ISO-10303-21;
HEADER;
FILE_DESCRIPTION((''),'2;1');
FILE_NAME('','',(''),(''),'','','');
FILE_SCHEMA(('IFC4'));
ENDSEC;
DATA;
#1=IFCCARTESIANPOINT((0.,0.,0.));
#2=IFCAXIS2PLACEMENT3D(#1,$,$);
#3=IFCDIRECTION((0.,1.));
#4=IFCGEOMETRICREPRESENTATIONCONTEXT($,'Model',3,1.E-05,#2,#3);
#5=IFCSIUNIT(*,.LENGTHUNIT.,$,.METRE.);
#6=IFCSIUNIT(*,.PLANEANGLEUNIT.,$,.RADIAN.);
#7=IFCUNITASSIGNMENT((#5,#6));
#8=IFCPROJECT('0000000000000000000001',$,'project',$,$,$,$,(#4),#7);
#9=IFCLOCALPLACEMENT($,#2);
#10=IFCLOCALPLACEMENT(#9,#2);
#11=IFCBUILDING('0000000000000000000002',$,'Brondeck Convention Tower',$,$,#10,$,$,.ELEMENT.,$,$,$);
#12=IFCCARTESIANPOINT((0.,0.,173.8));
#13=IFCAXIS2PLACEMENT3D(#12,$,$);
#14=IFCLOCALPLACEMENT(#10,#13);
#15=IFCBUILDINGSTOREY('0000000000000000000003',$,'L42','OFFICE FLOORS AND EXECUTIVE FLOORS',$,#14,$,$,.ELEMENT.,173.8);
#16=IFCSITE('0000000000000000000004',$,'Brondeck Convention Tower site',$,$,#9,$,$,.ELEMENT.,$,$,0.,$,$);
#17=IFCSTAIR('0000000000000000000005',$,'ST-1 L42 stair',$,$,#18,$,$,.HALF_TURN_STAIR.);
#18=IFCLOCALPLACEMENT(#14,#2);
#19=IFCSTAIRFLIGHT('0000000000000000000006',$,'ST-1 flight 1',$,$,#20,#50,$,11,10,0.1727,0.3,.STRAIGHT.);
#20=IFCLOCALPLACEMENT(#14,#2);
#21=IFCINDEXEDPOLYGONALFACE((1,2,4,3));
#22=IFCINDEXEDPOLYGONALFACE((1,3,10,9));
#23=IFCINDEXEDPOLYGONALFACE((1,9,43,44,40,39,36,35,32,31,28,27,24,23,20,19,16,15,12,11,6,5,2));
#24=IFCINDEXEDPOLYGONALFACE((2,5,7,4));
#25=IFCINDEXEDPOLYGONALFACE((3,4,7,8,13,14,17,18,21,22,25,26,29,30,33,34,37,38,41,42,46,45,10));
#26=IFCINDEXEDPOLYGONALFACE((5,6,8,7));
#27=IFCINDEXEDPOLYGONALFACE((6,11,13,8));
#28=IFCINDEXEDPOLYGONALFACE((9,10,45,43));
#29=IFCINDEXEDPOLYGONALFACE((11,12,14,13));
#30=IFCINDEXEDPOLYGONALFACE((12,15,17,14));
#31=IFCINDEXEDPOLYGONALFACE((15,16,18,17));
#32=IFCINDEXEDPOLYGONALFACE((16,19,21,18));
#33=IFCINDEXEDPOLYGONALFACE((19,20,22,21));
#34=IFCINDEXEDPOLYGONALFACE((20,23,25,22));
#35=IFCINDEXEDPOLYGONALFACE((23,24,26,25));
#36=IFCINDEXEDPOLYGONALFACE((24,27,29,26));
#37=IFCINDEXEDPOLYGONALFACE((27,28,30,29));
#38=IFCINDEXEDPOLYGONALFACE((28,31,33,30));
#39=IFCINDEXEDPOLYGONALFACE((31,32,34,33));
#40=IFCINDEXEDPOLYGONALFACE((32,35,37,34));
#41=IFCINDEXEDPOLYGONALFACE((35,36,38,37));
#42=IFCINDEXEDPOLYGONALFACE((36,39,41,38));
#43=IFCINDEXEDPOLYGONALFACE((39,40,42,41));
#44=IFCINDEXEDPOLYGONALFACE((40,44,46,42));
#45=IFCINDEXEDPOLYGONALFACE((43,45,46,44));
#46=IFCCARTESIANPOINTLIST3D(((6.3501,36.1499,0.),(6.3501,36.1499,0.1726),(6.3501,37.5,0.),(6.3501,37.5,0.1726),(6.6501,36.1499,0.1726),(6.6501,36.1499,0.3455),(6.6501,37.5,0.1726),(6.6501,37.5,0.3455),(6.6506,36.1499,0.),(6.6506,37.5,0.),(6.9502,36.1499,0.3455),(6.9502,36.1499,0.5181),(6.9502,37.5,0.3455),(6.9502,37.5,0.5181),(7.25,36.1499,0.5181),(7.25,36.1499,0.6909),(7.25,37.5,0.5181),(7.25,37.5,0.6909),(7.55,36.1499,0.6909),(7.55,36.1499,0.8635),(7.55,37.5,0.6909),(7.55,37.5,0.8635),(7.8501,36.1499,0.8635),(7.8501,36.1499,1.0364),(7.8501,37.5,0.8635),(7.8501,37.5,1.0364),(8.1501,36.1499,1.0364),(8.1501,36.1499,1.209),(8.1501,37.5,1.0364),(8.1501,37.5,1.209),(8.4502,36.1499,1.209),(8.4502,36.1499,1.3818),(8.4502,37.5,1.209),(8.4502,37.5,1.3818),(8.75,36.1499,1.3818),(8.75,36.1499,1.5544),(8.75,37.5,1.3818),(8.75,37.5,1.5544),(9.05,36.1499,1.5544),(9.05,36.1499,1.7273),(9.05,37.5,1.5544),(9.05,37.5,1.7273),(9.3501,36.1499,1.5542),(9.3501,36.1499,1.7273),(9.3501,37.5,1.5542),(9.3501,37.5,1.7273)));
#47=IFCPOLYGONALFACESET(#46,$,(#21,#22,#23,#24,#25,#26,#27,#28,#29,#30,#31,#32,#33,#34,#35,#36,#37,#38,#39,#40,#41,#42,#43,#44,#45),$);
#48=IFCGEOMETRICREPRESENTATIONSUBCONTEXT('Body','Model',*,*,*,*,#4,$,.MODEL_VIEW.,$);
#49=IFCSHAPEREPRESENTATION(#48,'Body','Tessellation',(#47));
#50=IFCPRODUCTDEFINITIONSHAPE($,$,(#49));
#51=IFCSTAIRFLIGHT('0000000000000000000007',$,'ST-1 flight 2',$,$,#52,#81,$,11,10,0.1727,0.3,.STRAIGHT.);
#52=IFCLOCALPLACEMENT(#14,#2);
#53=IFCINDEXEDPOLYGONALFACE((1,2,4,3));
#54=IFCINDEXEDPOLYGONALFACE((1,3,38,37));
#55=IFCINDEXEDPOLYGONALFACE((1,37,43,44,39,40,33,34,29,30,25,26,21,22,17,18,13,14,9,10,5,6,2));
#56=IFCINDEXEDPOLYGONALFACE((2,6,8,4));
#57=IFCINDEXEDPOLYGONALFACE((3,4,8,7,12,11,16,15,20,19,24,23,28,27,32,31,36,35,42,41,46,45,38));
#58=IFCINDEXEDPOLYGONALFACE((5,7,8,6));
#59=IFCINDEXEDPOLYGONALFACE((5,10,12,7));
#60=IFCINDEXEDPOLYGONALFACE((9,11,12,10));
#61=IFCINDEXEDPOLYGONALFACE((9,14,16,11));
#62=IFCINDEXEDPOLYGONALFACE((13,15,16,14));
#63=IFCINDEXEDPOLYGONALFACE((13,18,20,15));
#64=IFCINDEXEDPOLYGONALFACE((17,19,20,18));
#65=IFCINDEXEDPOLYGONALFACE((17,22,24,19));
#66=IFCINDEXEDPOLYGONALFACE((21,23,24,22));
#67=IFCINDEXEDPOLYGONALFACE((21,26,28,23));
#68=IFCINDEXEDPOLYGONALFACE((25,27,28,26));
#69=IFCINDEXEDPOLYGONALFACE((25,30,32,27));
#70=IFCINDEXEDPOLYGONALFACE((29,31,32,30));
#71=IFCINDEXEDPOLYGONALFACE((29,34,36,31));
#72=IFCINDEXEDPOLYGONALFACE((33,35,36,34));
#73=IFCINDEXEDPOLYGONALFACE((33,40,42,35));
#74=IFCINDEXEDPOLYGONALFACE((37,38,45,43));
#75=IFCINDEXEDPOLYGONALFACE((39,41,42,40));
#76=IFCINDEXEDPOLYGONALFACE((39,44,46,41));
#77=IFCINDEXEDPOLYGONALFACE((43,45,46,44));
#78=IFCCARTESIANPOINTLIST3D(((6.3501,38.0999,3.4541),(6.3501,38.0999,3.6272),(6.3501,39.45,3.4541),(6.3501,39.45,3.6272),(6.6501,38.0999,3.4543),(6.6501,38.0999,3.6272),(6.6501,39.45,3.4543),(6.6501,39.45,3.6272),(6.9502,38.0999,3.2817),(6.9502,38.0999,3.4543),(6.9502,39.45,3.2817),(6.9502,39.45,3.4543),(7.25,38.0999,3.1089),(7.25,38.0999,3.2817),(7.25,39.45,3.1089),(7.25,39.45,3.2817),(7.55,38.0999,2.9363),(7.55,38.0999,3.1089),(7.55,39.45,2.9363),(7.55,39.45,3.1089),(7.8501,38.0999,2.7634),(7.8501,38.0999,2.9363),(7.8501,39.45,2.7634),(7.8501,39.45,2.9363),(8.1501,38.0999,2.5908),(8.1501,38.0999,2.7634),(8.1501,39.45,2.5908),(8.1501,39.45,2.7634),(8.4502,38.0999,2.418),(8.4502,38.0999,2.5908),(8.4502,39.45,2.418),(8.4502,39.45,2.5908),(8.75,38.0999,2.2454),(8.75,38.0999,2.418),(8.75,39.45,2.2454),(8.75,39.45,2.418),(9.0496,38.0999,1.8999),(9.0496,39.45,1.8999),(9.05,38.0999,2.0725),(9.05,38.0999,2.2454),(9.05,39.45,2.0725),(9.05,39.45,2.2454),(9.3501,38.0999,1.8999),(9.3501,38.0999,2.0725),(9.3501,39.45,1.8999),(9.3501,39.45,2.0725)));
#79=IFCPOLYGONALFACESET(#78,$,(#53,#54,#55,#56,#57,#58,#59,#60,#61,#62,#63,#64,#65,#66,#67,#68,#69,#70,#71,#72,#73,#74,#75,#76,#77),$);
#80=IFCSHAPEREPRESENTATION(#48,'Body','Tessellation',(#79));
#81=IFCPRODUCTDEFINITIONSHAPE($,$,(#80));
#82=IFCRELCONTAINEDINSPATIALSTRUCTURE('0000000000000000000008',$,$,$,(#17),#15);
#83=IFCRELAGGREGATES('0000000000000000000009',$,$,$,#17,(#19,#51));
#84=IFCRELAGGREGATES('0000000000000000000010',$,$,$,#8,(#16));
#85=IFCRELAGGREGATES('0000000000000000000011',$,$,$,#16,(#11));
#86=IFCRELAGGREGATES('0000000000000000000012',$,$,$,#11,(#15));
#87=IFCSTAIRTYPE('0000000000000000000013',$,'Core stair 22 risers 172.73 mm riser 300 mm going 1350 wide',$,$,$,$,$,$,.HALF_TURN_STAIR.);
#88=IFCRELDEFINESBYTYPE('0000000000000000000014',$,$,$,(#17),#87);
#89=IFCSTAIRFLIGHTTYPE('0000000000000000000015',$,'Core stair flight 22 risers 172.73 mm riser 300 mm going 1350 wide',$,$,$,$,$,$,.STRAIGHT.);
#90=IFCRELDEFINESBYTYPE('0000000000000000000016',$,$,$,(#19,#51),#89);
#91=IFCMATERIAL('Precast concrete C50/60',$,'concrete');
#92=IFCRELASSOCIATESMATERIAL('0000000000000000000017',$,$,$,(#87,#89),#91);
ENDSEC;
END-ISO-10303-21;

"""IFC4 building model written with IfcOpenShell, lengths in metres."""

from ifc_helpers import new_model, si_unit, direction, frame, origin, place, context, subcontext, project, spatial, polyline, outline, extrude, material, type_object, element, aggregate, save


model = new_model("IFC4")

# Units and contexts
model_context = context("Model", 3, precision=1e-05, world=origin(), true_north=direction((0.0, 1.0)))
body_context = subcontext(model_context, "Body", "Model", "MODEL_VIEW")
ifc_project = project(units=[si_unit("LENGTHUNIT", "METRE"), si_unit("PLANEANGLEUNIT", "RADIAN")], contexts=[model_context])

# Site, building, storey
site_placement = place(None, origin())
site = spatial("IfcSite", under=ifc_project, at=site_placement, Name="Brondeck Convention Tower site", CompositionType="ELEMENT", RefElevation=0.0)
building_placement = place(site_placement, origin())
building = spatial("IfcBuilding", under=site, at=building_placement, Name="Brondeck Convention Tower", CompositionType="ELEMENT")
storey_placement = place(building_placement, frame((0.0, 0.0, 173.8)))
storey = spatial("IfcBuildingStorey", under=building, at=storey_placement, Name="L42", Description="OFFICE FLOORS AND EXECUTIVE FLOORS", CompositionType="ELEMENT", Elevation=173.8)

# Stair, stair flights
ifc_material_1 = material(Name="Precast concrete C50/60", Category="concrete")
stair_type = type_object("IfcStairType", Name="Core stair 22 risers 172.73 mm riser 300 mm going 1350 wide", PredefinedType="HALF_TURN_STAIR", material=ifc_material_1)
stair_placement = place(storey_placement, origin())
stair = element("IfcStair", 1, at=stair_placement, inside=storey, type_object=stair_type, Name="ST-1 L42 stair", PredefinedType="HALF_TURN_STAIR")
stair_flight_type = type_object("IfcStairFlightType", Name="Core stair flight 22 risers 172.73 mm riser 300 mm going 1350 wide", PredefinedType="STRAIGHT", material=ifc_material_1)
stair_flight_1_placement = place(storey_placement, frame((6.3501, 36.825, 0.0), z_axis=(0.0, 0.0, 1.0), x_axis=(1.0, 0.0, 0.0)))
stair_flight_1 = element("IfcStairFlight", 2, at=stair_flight_1_placement, type_object=stair_flight_type, Name="ST-1 flight 1", NumberOfRisers=11, NumberOfTreads=10, PredefinedType="STRAIGHT", RiserHeight=0.1727, TreadLength=0.3, context=body_context, shape_type="SweptSolid", body=[
    extrude(outline(polyline([(0.0, 0.0), (0.0, 0.1726), (0.3, 0.1726), (0.3, 0.3455), (0.6001, 0.3455), (0.6001, 0.5181), (0.8999, 0.5181), (0.8999, 0.6909), (1.2, 0.6909), (1.2, 0.8635), (1.5, 0.8635), (1.5, 1.0364), (1.8, 1.0364), (1.8, 1.209), (2.1001, 1.209), (2.1001, 1.3818), (2.3999, 1.3818), (2.3999, 1.5544), (2.7, 1.5544), (2.7, 1.7273), (3.0, 1.7273), (3.0, 1.8999), (3.0, 1.5542), (0.3005, 0.0), (0.0, 0.0)])), frame((0.0, 0.675, 0.0), z_axis=(0.0, -1.0, 0.0), x_axis=(1.0, 0.0, 0.0)), (0.0, 0.0, 1.0), 1.3501),
])
stair_flight_2_placement = place(storey_placement, frame((9.3501, 38.7749, 1.8999), z_axis=(0.0, 0.0, 1.0), x_axis=(-1.0, 0.0, 0.0)))
stair_flight_2 = element("IfcStairFlight", 3, at=stair_flight_2_placement, type_object=stair_flight_type, Name="ST-1 flight 2", NumberOfRisers=11, NumberOfTreads=10, PredefinedType="STRAIGHT", RiserHeight=0.1727, TreadLength=0.3, context=body_context, shape_type="SweptSolid", body=[
    extrude(outline(polyline([(0.0, 0.0), (0.0, 0.1726), (0.3, 0.1726), (0.3, 0.3455), (0.6001, 0.3455), (0.6001, 0.5181), (0.8999, 0.5181), (0.8999, 0.6909), (1.2, 0.6909), (1.2, 0.8635), (1.5, 0.8635), (1.5, 1.0364), (1.8, 1.0364), (1.8, 1.209), (2.1001, 1.209), (2.1001, 1.3818), (2.3999, 1.3818), (2.3999, 1.5544), (2.7, 1.5544), (2.7, 1.7273), (3.0, 1.7273), (3.0, 1.8999), (3.0, 1.5542), (0.3005, 0.0), (0.0, 0.0)])), frame((0.0, 0.675, 0.0), z_axis=(0.0, -1.0, 0.0), x_axis=(1.0, 0.0, 0.0)), (0.0, 0.0, 1.0), 1.3501),
])
aggregate(stair, [stair_flight_1, stair_flight_2])

save(model, "model.ifc")
